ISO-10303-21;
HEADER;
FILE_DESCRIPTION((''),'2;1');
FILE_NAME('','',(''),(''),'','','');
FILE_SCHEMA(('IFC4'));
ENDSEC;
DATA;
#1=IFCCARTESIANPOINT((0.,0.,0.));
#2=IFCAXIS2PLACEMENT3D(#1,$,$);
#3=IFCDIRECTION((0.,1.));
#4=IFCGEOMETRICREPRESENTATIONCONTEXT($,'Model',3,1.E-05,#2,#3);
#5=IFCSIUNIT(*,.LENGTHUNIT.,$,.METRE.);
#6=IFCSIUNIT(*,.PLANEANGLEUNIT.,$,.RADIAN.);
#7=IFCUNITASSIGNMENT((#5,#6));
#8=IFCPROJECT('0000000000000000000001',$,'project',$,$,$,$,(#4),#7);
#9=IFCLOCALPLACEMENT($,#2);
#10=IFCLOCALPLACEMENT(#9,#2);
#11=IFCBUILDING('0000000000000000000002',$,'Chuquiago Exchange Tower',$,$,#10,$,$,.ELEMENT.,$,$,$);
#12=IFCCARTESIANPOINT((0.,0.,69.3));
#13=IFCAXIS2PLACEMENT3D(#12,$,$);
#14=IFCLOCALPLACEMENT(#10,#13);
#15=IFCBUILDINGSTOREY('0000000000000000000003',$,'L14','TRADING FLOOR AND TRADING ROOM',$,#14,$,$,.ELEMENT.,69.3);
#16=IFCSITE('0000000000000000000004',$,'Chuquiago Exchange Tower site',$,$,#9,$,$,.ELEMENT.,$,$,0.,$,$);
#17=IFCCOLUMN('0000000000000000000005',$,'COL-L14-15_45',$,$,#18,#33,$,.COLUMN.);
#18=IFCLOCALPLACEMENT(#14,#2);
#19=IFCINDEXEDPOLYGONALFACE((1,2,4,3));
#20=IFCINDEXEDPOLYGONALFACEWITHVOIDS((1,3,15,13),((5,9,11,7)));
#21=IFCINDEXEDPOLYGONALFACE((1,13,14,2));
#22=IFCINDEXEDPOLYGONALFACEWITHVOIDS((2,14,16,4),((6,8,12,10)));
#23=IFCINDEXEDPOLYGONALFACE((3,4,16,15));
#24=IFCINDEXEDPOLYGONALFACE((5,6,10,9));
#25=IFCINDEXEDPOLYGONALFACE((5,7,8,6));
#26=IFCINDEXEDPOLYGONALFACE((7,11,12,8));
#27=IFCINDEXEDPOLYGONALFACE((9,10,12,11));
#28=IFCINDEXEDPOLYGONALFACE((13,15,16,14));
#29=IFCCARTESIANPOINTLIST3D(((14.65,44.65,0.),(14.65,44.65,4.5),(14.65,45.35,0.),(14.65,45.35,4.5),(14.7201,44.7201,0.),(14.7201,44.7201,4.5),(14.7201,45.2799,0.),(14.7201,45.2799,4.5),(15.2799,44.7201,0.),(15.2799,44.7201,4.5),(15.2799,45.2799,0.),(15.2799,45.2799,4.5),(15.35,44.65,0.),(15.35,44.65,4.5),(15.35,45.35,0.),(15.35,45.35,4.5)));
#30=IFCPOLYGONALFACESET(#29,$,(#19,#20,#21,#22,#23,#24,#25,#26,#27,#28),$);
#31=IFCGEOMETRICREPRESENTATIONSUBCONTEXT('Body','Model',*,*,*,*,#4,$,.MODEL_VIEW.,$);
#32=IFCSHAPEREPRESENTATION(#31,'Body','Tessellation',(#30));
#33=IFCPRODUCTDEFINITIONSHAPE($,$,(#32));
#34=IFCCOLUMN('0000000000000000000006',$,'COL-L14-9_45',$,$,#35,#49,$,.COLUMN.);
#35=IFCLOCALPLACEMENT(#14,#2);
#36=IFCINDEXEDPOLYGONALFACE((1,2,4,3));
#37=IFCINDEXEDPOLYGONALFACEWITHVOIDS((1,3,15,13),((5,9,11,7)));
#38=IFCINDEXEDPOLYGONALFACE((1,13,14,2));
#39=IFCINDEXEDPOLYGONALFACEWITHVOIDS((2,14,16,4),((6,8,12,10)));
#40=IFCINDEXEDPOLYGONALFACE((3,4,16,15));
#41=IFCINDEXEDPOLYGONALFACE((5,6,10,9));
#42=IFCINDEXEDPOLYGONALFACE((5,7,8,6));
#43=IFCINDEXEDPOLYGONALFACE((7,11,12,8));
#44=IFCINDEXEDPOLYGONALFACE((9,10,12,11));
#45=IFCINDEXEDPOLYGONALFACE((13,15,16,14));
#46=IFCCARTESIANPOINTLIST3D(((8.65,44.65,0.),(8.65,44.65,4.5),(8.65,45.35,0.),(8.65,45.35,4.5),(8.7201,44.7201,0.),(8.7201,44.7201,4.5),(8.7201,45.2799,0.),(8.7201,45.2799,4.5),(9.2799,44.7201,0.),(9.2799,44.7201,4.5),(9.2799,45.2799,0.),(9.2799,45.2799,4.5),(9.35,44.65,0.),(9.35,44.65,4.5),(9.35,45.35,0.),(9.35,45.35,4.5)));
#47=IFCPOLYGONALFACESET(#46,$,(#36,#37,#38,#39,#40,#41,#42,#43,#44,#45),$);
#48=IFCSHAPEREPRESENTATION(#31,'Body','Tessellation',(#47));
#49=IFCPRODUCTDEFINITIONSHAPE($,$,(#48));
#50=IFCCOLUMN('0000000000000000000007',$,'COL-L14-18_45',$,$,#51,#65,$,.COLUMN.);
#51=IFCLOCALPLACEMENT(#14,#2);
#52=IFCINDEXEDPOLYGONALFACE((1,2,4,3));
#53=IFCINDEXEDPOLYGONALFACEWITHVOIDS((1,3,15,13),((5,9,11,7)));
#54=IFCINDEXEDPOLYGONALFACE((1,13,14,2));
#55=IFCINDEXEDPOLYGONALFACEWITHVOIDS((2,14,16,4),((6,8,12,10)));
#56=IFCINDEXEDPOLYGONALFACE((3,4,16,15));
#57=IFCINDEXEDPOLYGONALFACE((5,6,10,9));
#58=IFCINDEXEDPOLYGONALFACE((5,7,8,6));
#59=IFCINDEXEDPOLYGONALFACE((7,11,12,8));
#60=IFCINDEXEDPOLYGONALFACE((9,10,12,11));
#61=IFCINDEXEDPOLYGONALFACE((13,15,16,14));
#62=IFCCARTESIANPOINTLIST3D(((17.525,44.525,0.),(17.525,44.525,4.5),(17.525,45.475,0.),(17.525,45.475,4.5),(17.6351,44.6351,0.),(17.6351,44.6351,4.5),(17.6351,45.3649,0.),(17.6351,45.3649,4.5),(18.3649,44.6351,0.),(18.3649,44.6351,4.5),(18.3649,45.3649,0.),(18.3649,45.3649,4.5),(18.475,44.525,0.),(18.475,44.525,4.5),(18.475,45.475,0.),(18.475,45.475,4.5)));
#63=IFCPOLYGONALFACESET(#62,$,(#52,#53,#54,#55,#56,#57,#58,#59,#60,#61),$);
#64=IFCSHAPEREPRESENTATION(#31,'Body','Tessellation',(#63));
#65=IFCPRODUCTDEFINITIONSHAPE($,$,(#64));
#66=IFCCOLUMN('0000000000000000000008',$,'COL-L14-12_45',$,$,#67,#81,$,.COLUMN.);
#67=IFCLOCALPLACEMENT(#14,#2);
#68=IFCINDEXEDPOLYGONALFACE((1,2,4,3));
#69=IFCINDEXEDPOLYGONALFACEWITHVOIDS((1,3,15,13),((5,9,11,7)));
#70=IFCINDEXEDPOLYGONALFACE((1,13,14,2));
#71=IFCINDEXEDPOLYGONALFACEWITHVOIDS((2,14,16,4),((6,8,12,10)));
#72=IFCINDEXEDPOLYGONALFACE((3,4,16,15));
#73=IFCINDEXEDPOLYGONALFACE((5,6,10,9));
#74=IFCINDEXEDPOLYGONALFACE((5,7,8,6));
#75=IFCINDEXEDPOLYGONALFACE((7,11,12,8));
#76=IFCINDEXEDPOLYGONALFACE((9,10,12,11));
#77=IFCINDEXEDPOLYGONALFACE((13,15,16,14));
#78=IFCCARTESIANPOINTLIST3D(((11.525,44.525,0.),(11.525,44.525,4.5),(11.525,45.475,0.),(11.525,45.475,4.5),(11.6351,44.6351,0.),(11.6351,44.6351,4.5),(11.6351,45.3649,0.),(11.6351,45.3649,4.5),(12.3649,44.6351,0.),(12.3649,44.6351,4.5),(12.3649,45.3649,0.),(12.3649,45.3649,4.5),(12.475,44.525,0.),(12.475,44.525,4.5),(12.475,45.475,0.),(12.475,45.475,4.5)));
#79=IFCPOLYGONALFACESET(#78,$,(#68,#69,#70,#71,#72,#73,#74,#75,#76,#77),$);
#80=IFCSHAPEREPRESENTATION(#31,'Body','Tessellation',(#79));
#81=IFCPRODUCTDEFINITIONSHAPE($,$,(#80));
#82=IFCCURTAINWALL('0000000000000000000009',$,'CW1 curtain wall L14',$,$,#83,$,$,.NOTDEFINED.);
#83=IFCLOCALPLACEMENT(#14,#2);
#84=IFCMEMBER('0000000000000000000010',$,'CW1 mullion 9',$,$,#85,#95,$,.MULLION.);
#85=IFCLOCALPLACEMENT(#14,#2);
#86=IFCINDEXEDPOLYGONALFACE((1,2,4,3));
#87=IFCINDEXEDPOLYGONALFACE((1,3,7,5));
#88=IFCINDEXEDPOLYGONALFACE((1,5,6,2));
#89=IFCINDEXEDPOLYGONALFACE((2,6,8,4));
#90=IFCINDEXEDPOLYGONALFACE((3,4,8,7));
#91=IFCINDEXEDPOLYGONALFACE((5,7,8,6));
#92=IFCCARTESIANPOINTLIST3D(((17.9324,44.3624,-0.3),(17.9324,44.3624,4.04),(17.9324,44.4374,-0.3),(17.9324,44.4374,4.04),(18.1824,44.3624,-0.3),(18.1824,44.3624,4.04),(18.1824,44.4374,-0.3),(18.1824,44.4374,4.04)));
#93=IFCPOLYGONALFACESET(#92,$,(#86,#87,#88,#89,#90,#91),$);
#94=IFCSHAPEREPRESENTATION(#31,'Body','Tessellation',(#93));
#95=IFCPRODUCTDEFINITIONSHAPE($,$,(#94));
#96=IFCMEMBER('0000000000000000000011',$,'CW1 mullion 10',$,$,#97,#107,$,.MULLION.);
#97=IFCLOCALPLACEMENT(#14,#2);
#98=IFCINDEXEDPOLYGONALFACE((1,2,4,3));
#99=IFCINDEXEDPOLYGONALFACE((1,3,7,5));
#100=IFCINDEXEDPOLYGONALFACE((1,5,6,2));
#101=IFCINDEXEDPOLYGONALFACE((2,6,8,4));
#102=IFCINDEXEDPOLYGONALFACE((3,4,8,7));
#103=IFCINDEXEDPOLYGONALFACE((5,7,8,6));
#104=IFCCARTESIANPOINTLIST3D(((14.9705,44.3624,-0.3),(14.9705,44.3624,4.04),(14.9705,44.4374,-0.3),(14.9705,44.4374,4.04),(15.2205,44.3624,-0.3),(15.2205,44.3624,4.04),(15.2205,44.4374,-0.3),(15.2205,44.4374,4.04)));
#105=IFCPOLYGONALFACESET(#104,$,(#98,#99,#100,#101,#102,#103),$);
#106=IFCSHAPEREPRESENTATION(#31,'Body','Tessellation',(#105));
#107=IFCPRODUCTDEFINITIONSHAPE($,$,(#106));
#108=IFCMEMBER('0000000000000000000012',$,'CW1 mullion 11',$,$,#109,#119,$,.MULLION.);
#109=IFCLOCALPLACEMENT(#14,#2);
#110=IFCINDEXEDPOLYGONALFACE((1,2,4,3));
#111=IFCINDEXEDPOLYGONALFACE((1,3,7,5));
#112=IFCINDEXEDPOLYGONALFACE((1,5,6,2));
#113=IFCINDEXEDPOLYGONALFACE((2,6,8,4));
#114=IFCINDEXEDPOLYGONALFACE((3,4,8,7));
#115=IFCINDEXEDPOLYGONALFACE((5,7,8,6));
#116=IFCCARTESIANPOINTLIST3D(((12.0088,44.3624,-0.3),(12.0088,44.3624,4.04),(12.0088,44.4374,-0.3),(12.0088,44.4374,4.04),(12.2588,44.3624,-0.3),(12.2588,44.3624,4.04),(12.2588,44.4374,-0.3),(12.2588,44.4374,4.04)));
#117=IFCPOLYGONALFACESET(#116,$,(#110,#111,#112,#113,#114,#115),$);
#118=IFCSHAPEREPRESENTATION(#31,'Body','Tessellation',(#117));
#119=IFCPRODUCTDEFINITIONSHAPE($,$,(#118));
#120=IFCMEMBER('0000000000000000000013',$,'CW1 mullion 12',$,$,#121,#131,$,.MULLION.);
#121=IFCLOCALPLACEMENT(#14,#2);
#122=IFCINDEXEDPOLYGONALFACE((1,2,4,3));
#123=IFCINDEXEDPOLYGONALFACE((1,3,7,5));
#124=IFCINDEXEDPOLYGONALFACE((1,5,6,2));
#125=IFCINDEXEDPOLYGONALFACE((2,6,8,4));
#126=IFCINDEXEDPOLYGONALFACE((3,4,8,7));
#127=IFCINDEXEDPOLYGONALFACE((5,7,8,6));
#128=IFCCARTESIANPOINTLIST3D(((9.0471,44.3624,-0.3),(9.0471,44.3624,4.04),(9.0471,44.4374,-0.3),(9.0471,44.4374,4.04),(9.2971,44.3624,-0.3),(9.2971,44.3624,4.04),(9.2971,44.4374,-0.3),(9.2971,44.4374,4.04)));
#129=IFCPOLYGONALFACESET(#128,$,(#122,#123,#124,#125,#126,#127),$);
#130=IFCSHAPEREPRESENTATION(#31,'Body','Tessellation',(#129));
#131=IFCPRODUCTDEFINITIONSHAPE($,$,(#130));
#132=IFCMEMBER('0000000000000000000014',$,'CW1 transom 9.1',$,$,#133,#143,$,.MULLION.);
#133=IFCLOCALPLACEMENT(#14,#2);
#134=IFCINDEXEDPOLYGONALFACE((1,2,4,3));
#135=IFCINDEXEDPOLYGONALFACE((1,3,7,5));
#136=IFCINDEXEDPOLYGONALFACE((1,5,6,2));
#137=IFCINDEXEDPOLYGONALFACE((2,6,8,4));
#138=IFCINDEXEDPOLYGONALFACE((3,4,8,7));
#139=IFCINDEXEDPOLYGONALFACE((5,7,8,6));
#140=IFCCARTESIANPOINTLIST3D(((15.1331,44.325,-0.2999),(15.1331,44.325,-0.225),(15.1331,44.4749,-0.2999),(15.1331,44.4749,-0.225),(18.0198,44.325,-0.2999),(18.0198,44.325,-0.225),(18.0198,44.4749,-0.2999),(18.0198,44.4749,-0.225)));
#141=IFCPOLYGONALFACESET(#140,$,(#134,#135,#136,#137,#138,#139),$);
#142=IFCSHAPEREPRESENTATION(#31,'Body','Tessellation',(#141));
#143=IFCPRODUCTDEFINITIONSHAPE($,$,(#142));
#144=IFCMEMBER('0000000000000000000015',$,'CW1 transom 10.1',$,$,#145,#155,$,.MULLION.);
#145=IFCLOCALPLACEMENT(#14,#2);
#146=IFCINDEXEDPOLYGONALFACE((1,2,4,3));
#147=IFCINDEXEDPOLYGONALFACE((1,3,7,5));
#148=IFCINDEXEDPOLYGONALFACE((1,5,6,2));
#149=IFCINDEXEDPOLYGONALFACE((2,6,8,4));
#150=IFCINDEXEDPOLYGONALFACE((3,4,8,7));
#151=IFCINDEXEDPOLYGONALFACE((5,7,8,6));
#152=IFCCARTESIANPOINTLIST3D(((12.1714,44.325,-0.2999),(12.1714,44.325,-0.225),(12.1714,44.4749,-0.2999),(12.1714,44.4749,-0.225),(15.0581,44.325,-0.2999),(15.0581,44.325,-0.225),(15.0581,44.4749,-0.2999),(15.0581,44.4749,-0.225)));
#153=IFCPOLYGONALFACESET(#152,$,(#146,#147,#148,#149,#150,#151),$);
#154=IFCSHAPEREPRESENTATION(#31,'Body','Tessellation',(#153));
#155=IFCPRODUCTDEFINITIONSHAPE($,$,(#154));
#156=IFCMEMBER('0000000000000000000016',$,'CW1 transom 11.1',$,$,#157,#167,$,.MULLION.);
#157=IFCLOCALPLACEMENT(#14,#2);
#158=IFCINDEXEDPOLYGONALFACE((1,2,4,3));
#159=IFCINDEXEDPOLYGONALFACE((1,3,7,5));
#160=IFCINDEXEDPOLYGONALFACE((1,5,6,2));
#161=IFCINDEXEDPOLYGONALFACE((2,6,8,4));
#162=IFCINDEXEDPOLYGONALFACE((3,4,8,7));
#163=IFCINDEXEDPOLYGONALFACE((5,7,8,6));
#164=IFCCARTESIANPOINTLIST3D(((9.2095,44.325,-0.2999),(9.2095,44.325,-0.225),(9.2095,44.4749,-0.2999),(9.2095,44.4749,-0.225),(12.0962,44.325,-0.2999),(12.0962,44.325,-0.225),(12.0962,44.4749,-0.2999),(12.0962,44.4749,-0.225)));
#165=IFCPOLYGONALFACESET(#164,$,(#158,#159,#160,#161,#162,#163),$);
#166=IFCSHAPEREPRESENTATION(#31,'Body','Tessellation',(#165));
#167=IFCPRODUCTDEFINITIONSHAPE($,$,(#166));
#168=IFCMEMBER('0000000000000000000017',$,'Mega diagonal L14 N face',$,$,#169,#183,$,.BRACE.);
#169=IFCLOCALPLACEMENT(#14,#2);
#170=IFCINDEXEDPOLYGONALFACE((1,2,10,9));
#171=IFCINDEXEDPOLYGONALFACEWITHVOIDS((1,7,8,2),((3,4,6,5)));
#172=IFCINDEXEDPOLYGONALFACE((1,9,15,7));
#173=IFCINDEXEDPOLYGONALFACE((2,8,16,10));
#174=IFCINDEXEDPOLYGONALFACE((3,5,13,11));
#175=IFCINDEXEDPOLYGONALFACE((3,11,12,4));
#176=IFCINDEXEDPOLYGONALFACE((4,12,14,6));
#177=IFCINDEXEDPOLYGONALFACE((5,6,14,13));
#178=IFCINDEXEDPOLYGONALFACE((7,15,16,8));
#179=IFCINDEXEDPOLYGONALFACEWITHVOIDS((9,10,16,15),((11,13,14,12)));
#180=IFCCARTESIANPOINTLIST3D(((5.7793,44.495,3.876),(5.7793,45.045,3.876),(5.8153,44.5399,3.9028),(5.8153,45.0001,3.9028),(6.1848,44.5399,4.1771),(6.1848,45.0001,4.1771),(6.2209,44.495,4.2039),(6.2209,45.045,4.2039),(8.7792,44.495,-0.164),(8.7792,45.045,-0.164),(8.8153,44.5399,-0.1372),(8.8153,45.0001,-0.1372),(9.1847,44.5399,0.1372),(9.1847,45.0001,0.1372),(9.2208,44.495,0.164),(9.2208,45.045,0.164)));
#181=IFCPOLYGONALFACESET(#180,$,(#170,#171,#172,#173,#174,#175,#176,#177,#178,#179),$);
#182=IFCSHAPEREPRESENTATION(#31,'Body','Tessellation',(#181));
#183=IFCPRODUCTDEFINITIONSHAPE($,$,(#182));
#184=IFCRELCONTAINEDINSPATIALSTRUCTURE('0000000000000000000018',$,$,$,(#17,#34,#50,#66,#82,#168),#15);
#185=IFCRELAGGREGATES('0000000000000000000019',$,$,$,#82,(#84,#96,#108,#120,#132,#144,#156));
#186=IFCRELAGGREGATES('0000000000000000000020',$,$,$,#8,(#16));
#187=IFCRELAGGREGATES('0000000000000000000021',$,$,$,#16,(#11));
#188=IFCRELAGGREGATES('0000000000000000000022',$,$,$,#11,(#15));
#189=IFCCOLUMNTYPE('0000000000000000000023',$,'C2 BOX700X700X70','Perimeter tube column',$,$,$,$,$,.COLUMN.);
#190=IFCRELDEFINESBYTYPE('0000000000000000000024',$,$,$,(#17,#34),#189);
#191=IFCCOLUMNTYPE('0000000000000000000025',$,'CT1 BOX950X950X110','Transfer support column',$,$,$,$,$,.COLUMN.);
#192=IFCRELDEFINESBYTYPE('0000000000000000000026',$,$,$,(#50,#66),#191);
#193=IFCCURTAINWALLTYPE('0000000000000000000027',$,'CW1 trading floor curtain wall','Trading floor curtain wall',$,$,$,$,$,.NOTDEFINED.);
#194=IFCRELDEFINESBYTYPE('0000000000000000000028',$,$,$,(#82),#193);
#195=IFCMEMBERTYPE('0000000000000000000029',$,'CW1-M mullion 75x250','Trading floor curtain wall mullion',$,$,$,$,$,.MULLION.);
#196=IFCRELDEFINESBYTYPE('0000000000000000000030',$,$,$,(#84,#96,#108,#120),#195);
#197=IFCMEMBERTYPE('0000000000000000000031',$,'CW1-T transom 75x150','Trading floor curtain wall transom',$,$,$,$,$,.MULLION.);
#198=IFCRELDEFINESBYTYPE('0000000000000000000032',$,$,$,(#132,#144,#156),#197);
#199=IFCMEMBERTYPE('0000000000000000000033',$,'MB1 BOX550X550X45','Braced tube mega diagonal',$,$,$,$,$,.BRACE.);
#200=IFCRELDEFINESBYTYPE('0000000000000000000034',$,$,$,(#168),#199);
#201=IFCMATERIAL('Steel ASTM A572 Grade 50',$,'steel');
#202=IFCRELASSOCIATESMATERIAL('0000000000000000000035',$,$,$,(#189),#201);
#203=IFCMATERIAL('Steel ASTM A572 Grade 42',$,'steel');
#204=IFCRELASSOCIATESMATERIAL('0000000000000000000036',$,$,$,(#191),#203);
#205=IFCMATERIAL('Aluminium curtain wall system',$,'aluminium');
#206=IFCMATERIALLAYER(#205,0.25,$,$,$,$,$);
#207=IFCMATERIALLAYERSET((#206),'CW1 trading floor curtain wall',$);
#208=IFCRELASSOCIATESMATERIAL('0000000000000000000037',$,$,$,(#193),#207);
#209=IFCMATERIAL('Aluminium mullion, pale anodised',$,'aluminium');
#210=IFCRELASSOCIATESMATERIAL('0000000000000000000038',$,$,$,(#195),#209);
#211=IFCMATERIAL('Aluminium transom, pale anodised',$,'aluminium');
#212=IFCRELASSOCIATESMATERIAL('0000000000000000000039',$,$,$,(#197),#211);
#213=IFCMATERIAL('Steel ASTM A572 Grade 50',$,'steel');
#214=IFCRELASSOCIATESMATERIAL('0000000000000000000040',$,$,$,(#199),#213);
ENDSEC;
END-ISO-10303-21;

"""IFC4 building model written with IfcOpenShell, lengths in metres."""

from ifc_helpers import new_model, si_unit, direction, frame, origin, origin_2d, place, context, subcontext, project, spatial, rectangle, hollow_rectangle, extrude, material, layer, layer_set, material_profile, profile_set, type_object, element, aggregate, save


model = new_model("IFC4")

# Units and contexts
model_context = context("Model", 3, precision=1e-05, world=origin(), true_north=direction((0.0, 1.0)))
body_context = subcontext(model_context, "Body", "Model", "MODEL_VIEW")
ifc_project = project(units=[si_unit("LENGTHUNIT", "METRE"), si_unit("PLANEANGLEUNIT", "RADIAN")], contexts=[model_context])

# Site, building, storey
site_placement = place(None, origin())
site = spatial("IfcSite", under=ifc_project, at=site_placement, Name="Chuquiago Exchange Tower site", CompositionType="ELEMENT", RefElevation=0.0)
building_placement = place(site_placement, origin())
building = spatial("IfcBuilding", under=site, at=building_placement, Name="Chuquiago Exchange Tower", CompositionType="ELEMENT")
storey_placement = place(building_placement, frame((0.0, 0.0, 69.3)))
storey = spatial("IfcBuildingStorey", under=building, at=storey_placement, Name="L14", Description="TRADING FLOOR AND TRADING ROOM", CompositionType="ELEMENT", Elevation=69.3)

# Columns
ifc_material_1 = material(Name="Steel ASTM A572 Grade 50", Category="steel")
ifc_material_profile_1 = material_profile(ifc_material_1, hollow_rectangle(XDim=0.7, YDim=0.7, WallThickness=0.0701, at=origin_2d()), Name="BOX700X700X70")
ifc_profile_set_1 = profile_set([ifc_material_profile_1], Name="Steel ASTM A572 Grade 50")
column_type_1 = type_object("IfcColumnType", Name="C2 BOX700X700X70", Description="Perimeter tube column", PredefinedType="COLUMN", material=ifc_profile_set_1)
for number, where, z_axis, x_axis, name in (
    (1, (15.0, 45.0, 0.0), (0.0, 0.0, 1.0), (0.0, 1.0, 0.0), "COL-L14-15_45"),
    (2, (9.0, 45.0, 0.0), (0.0, 0.0, 1.0), (0.0, 1.0, 0.0), "COL-L14-9_45"),
):
    element("IfcColumn", number, at=place(storey_placement, frame(where, z_axis=z_axis, x_axis=x_axis)), inside=storey, type_object=column_type_1, Name=name, PredefinedType="COLUMN", context=body_context, shape_type="SweptSolid", body=[
        extrude(hollow_rectangle(XDim=0.7, YDim=0.7, WallThickness=0.0701, at=origin_2d()), origin(), (0.0, 0.0, 1.0), 4.5),
    ])
ifc_material_2 = material(Name="Steel ASTM A572 Grade 42", Category="steel")
ifc_material_profile_2 = material_profile(ifc_material_2, hollow_rectangle(XDim=0.95, YDim=0.95, WallThickness=0.1101, at=origin_2d()), Name="BOX950X950X110")
ifc_profile_set_2 = profile_set([ifc_material_profile_2], Name="Steel ASTM A572 Grade 42")
column_type_2 = type_object("IfcColumnType", Name="CT1 BOX950X950X110", Description="Transfer support column", PredefinedType="COLUMN", material=ifc_profile_set_2)
for number, where, z_axis, x_axis, name in (
    (3, (18.0, 45.0, 0.0), (0.0, 0.0, 1.0), (0.0, 1.0, 0.0), "COL-L14-18_45"),
    (4, (12.0, 45.0, 0.0), (0.0, 0.0, 1.0), (0.0, 1.0, 0.0), "COL-L14-12_45"),
):
    element("IfcColumn", number, at=place(storey_placement, frame(where, z_axis=z_axis, x_axis=x_axis)), inside=storey, type_object=column_type_2, Name=name, PredefinedType="COLUMN", context=body_context, shape_type="SweptSolid", body=[
        extrude(hollow_rectangle(XDim=0.95, YDim=0.95, WallThickness=0.1101, at=origin_2d()), origin(), (0.0, 0.0, 1.0), 4.5),
    ])

# Curtain wall, members
ifc_material_3 = material(Name="Aluminium curtain wall system", Category="aluminium")
ifc_layer_1 = layer(ifc_material_3, 0.25)
ifc_layer_set_1 = layer_set([ifc_layer_1], Name="CW1 trading floor curtain wall")
curtain_wall_type = type_object("IfcCurtainWallType", Name="CW1 trading floor curtain wall", Description="Trading floor curtain wall", PredefinedType="NOTDEFINED", material=ifc_layer_set_1)
curtain_wall_placement = place(storey_placement, origin())
curtain_wall = element("IfcCurtainWall", 5, at=curtain_wall_placement, inside=storey, type_object=curtain_wall_type, Name="CW1 curtain wall L14", PredefinedType="NOTDEFINED")
ifc_material_4 = material(Name="Aluminium mullion, pale anodised", Category="aluminium")
ifc_material_profile_3 = material_profile(ifc_material_4, rectangle(XDim=0.075, YDim=0.25, at=origin_2d()), Name="AL 75x250")
ifc_profile_set_3 = profile_set([ifc_material_profile_3], Name="Aluminium mullion, pale anodised")
member_type_1 = type_object("IfcMemberType", Name="CW1-M mullion 75x250", Description="Trading floor curtain wall mullion", PredefinedType="MULLION", material=ifc_profile_set_3)
member_1_placement = place(storey_placement, frame((18.0574, 44.3999, -0.3), z_axis=(0.0, 0.0, 1.0), x_axis=(0.0, -1.0, 0.0)))
member_1 = element("IfcMember", 6, at=member_1_placement, type_object=member_type_1, Name="CW1 mullion 9", PredefinedType="MULLION", context=body_context, shape_type="SweptSolid", body=[
    extrude(rectangle(XDim=0.075, YDim=0.25, at=origin_2d()), origin(), (0.0, 0.0, 1.0), 4.3401),
])
member_2_placement = place(storey_placement, frame((15.0955, 44.3999, -0.3), z_axis=(0.0, 0.0, 1.0), x_axis=(0.0, -1.0, 0.0)))
member_2 = element("IfcMember", 7, at=member_2_placement, type_object=member_type_1, Name="CW1 mullion 10", PredefinedType="MULLION", context=body_context, shape_type="SweptSolid", body=[
    extrude(rectangle(XDim=0.075, YDim=0.25, at=origin_2d()), origin(), (0.0, 0.0, 1.0), 4.3401),
])
member_3_placement = place(storey_placement, frame((12.1338, 44.3999, -0.3), z_axis=(0.0, 0.0, 1.0), x_axis=(0.0, -1.0, 0.0)))
member_3 = element("IfcMember", 8, at=member_3_placement, type_object=member_type_1, Name="CW1 mullion 11", PredefinedType="MULLION", context=body_context, shape_type="SweptSolid", body=[
    extrude(rectangle(XDim=0.075, YDim=0.25, at=origin_2d()), origin(), (0.0, 0.0, 1.0), 4.3401),
])
member_4_placement = place(storey_placement, frame((9.1721, 44.3999, -0.3), z_axis=(0.0, 0.0, 1.0), x_axis=(0.0, -1.0, 0.0)))
member_4 = element("IfcMember", 9, at=member_4_placement, type_object=member_type_1, Name="CW1 mullion 12", PredefinedType="MULLION", context=body_context, shape_type="SweptSolid", body=[
    extrude(rectangle(XDim=0.075, YDim=0.25, at=origin_2d()), origin(), (0.0, 0.0, 1.0), 4.3401),
])
ifc_material_5 = material(Name="Aluminium transom, pale anodised", Category="aluminium")
ifc_material_profile_4 = material_profile(ifc_material_5, rectangle(XDim=0.1499, YDim=0.075, at=origin_2d()), Name="AL 150x75")
ifc_profile_set_4 = profile_set([ifc_material_profile_4], Name="Aluminium transom, pale anodised")
member_type_2 = type_object("IfcMemberType", Name="CW1-T transom 75x150", Description="Trading floor curtain wall transom", PredefinedType="MULLION", material=ifc_profile_set_4)
member_5_placement = place(storey_placement, frame((18.0198, 44.3999, -0.2625), z_axis=(-1.0, 0.0, 0.0), x_axis=(0.0, -1.0, 0.0)))
member_5 = element("IfcMember", 10, at=member_5_placement, type_object=member_type_2, Name="CW1 transom 9.1", PredefinedType="MULLION", context=body_context, shape_type="SweptSolid", body=[
    extrude(rectangle(XDim=0.1499, YDim=0.075, at=origin_2d()), origin(), (0.0, 0.0, 1.0), 2.8867),
])
member_6_placement = place(storey_placement, frame((15.0581, 44.3999, -0.2625), z_axis=(-1.0, 0.0, 0.0), x_axis=(0.0, -1.0, 0.0)))
member_6 = element("IfcMember", 11, at=member_6_placement, type_object=member_type_2, Name="CW1 transom 10.1", PredefinedType="MULLION", context=body_context, shape_type="SweptSolid", body=[
    extrude(rectangle(XDim=0.1499, YDim=0.075, at=origin_2d()), origin(), (0.0, 0.0, 1.0), 2.8867),
])
member_7_placement = place(storey_placement, frame((12.0962, 44.3999, -0.2625), z_axis=(-1.0, 0.0, 0.0), x_axis=(0.0, -1.0, 0.0)))
member_7 = element("IfcMember", 12, at=member_7_placement, type_object=member_type_2, Name="CW1 transom 11.1", PredefinedType="MULLION", context=body_context, shape_type="SweptSolid", body=[
    extrude(rectangle(XDim=0.1499, YDim=0.075, at=origin_2d()), origin(), (0.0, 0.0, 1.0), 2.8867),
])

# Member
ifc_material_6 = material(Name="Steel ASTM A572 Grade 50", Category="steel")
ifc_material_profile_5 = material_profile(ifc_material_6, hollow_rectangle(XDim=0.55, YDim=0.55, WallThickness=0.0449, at=origin_2d()), Name="BOX550X550X45")
ifc_profile_set_5 = profile_set([ifc_material_profile_5], Name="Steel ASTM A572 Grade 50")
member_type_3 = type_object("IfcMemberType", Name="MB1 BOX550X550X45", Description="Braced tube mega diagonal", PredefinedType="BRACE", material=ifc_profile_set_5)
member_8_placement = place(storey_placement, frame((9.0, 44.77, 0.0), z_axis=(-0.596174, 0.0, 0.802855), x_axis=(0.0, -1.0, 0.0)))
element("IfcMember", 13, at=member_8_placement, inside=storey, type_object=member_type_3, Name="Mega diagonal L14 N face", PredefinedType="BRACE", context=body_context, shape_type="SweptSolid", body=[
    extrude(hollow_rectangle(XDim=0.55, YDim=0.55, WallThickness=0.0449, at=origin_2d()), origin(), (0.0, 0.0, 1.0), 5.032),
])

aggregate(curtain_wall, [member_1, member_2, member_3, member_4, member_5, member_6, member_7])

save(model, "model.ifc")
